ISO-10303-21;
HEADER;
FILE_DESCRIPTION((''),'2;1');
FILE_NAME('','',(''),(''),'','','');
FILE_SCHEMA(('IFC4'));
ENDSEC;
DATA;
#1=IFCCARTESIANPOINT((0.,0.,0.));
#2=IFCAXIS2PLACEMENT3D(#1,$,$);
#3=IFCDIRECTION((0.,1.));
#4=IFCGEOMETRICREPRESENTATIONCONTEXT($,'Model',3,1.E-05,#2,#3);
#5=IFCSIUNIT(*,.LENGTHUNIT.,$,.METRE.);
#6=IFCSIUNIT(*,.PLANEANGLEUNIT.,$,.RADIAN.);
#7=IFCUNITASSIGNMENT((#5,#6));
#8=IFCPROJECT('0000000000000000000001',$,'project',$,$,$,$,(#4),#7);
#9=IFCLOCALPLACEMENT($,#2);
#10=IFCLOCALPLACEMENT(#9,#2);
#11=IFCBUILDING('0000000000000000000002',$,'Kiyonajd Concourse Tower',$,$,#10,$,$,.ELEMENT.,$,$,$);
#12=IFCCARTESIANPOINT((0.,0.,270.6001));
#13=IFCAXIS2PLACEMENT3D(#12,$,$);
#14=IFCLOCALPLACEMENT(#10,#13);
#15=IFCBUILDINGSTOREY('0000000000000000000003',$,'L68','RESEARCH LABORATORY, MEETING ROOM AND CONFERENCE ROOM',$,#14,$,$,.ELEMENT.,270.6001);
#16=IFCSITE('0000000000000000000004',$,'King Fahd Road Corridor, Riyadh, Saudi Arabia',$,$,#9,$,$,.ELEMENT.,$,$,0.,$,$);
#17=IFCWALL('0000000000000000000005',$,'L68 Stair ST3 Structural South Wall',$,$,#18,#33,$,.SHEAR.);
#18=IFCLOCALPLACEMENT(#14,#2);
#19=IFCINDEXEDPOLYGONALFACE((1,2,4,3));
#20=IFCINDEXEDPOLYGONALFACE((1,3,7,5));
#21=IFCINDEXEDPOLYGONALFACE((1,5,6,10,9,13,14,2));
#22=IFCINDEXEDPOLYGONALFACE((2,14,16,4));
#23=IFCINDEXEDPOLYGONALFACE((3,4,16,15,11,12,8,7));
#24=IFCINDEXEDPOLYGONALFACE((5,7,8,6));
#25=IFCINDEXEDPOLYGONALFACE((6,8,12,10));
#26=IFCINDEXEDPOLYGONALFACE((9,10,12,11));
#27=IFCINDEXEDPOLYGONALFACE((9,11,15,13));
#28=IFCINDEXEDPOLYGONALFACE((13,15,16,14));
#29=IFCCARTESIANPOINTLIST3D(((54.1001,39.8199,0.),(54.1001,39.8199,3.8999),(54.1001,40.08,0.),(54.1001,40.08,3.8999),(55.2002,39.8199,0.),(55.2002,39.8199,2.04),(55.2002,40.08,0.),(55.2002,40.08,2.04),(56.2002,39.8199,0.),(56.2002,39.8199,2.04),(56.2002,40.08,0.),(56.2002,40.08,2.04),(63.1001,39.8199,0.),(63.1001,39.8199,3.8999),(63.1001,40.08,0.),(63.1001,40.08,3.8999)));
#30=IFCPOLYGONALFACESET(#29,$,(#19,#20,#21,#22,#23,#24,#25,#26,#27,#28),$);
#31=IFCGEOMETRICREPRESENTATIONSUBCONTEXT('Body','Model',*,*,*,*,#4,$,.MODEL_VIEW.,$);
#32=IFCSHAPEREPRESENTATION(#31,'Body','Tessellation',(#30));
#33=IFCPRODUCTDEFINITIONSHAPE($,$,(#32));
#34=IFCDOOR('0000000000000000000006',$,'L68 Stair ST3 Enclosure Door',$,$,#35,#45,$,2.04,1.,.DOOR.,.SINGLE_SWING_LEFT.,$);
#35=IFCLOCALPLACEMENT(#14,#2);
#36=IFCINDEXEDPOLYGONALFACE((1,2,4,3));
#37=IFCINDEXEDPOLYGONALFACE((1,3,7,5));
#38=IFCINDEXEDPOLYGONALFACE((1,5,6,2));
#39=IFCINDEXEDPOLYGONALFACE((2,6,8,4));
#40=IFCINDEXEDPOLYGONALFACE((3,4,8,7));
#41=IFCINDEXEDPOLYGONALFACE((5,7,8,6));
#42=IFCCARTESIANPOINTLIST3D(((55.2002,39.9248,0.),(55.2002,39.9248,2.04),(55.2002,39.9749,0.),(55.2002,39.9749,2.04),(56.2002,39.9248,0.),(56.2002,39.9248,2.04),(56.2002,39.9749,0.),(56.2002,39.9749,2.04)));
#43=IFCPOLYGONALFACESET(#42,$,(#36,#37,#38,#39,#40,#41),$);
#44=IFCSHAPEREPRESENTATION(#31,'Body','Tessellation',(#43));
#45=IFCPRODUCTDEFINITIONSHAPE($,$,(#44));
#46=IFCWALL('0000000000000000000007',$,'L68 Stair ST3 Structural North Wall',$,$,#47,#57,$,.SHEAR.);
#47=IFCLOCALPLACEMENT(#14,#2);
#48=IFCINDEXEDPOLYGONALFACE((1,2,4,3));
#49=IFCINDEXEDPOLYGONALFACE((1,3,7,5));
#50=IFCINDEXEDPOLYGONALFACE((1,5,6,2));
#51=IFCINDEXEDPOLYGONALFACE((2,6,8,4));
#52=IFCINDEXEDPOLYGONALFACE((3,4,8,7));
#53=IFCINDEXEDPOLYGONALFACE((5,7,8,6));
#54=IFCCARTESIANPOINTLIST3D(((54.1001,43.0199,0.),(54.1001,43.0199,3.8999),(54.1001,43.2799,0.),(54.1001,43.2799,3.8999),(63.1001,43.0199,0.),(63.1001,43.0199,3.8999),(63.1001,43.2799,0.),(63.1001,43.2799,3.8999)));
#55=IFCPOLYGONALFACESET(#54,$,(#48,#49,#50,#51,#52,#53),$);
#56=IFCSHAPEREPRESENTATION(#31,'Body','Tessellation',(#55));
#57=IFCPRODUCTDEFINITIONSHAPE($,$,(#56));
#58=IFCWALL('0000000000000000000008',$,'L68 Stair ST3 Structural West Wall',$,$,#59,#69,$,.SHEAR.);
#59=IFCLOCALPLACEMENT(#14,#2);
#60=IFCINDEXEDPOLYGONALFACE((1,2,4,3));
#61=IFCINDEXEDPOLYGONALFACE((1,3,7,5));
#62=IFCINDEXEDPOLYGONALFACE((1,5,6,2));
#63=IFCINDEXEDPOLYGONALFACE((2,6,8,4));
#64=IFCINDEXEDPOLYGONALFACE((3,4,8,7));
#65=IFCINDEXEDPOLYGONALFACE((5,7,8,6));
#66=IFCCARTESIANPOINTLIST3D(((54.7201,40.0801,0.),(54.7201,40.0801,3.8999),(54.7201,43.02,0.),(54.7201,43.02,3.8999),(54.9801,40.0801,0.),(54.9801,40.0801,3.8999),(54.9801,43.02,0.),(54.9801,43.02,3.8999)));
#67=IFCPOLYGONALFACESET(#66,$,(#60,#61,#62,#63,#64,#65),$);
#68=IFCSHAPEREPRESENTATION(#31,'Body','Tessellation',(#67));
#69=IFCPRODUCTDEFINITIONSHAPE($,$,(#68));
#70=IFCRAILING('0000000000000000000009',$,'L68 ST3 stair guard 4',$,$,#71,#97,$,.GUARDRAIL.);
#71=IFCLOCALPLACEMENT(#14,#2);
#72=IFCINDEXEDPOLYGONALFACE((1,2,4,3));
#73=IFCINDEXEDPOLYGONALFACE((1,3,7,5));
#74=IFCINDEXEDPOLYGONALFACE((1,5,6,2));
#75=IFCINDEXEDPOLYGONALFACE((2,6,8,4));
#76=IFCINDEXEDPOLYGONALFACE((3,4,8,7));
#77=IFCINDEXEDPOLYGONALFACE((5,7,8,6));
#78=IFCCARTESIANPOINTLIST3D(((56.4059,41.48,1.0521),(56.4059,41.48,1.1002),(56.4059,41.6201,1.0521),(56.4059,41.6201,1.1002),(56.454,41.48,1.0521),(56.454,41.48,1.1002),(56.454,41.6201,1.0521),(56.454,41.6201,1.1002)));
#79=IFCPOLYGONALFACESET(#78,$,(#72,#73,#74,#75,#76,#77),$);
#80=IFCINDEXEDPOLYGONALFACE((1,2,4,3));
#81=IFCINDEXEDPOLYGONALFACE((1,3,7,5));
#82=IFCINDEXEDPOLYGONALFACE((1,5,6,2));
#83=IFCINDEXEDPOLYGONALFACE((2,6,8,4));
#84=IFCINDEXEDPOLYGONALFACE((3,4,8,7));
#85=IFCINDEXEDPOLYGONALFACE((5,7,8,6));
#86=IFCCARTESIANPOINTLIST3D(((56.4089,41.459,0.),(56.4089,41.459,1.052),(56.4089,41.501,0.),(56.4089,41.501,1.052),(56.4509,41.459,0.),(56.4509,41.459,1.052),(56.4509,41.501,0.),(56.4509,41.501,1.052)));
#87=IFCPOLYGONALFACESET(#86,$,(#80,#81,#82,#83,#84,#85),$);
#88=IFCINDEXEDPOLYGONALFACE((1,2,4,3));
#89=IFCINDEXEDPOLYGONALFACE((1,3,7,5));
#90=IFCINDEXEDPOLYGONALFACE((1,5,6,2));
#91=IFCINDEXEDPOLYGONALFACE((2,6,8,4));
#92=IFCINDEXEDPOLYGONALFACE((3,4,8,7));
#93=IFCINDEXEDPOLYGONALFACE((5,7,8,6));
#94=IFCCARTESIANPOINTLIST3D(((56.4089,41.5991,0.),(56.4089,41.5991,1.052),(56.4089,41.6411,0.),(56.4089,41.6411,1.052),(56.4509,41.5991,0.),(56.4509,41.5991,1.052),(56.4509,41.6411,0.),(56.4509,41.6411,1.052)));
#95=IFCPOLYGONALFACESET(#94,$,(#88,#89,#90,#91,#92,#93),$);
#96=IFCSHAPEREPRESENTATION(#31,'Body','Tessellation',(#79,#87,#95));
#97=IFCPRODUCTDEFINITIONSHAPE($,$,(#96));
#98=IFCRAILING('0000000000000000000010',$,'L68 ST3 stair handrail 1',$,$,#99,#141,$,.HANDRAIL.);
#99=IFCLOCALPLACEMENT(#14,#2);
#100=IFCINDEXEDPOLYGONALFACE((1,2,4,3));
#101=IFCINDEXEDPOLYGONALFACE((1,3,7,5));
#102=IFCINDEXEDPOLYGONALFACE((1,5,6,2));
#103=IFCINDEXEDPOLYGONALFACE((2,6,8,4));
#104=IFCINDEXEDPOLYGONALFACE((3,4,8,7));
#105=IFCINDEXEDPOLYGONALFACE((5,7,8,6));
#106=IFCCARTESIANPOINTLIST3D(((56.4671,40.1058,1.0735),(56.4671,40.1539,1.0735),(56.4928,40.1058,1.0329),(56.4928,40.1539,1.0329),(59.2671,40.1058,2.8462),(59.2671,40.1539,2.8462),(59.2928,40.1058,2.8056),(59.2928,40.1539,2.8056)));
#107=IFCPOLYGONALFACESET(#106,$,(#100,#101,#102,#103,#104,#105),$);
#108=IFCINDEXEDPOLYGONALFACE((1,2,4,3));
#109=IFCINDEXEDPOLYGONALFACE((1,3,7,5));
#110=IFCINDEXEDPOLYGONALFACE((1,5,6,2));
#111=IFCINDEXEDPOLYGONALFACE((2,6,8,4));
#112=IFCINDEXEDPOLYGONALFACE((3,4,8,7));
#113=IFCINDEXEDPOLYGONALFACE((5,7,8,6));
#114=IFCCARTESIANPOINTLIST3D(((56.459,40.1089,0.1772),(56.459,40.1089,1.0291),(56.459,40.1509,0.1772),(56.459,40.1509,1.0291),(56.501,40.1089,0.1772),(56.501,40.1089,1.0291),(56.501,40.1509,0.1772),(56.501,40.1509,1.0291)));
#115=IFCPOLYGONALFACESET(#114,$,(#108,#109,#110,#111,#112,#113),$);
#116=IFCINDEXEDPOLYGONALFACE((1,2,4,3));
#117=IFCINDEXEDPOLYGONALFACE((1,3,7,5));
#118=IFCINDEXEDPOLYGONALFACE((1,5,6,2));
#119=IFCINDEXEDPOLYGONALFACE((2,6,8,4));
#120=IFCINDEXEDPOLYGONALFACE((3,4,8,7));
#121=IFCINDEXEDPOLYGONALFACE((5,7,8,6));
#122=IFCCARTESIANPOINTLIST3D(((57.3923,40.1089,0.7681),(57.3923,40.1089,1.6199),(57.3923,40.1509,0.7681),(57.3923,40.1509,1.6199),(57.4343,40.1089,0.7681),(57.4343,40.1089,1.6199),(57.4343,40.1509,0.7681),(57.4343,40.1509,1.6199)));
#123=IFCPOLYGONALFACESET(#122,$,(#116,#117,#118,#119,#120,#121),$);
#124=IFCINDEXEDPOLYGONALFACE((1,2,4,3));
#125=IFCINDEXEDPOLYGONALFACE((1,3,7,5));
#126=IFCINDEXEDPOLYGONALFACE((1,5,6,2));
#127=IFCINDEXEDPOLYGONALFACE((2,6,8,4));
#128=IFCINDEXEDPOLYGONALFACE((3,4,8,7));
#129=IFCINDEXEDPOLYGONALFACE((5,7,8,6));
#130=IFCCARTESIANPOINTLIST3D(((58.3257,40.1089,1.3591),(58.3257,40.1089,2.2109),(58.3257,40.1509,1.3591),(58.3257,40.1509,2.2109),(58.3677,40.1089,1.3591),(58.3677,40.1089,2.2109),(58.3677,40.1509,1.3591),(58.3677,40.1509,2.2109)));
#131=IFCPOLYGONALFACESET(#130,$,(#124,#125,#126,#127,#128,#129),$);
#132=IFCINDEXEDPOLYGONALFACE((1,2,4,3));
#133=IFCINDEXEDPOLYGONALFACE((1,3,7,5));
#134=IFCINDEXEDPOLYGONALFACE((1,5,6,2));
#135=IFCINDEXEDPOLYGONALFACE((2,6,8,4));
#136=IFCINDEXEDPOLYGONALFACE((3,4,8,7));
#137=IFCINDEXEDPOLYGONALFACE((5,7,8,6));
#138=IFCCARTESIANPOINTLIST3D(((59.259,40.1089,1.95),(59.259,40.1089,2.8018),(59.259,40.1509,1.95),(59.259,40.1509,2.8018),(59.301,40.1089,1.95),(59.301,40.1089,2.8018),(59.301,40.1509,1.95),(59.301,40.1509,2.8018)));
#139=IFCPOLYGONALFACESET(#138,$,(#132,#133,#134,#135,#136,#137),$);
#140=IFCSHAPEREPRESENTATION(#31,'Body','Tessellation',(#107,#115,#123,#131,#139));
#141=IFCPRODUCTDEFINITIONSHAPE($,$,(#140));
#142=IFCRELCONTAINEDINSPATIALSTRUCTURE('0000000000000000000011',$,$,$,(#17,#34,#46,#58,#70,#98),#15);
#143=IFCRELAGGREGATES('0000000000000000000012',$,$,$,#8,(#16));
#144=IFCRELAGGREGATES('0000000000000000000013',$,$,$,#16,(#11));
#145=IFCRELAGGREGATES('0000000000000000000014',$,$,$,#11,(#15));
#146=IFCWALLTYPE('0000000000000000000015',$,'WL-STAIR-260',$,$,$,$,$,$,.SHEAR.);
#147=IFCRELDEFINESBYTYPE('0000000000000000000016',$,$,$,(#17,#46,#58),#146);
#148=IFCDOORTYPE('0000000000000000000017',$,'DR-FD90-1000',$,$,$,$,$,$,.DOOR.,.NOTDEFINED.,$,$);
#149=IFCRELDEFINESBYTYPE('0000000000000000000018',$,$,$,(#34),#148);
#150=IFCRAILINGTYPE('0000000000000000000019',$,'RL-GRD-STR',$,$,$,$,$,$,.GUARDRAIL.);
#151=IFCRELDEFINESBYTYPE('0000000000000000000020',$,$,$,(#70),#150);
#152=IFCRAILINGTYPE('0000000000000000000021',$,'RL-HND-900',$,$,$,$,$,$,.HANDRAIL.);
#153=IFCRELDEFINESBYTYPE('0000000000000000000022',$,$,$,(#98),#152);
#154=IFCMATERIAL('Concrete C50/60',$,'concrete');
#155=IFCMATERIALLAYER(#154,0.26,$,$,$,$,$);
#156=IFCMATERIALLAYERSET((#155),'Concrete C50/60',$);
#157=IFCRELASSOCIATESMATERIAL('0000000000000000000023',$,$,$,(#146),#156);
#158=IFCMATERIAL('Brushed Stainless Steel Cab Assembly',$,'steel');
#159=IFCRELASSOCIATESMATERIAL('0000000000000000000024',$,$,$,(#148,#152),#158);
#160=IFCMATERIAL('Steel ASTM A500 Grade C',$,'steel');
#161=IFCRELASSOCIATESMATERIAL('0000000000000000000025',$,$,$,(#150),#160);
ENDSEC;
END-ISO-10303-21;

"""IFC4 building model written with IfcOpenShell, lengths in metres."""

from ifc_helpers import new_model, si_unit, direction, frame, frame_2d, origin, origin_2d, place, context, subcontext, project, spatial, rectangle, extrude, material, layer, layer_set, type_object, element, fill, save


model = new_model("IFC4")

# Units and contexts
model_context = context("Model", 3, precision=1e-05, world=origin(), true_north=direction((0.0, 1.0)))
body_context = subcontext(model_context, "Body", "Model", "MODEL_VIEW")
ifc_project = project(units=[si_unit("LENGTHUNIT", "METRE"), si_unit("PLANEANGLEUNIT", "RADIAN")], contexts=[model_context])

# Site, building, storey
site_placement = place(None, origin())
site = spatial("IfcSite", under=ifc_project, at=site_placement, Name="King Fahd Road Corridor, Riyadh, Saudi Arabia", CompositionType="ELEMENT", RefElevation=0.0)
building_placement = place(site_placement, origin())
building = spatial("IfcBuilding", under=site, at=building_placement, Name="Kiyonajd Concourse Tower", CompositionType="ELEMENT")
storey_placement = place(building_placement, frame((0.0, 0.0, 270.6001)))
storey = spatial("IfcBuildingStorey", under=building, at=storey_placement, Name="L68", Description="RESEARCH LABORATORY, MEETING ROOM AND CONFERENCE ROOM", CompositionType="ELEMENT", Elevation=270.6001)

# Shared definitions
ifc_material_1 = material(Name="Concrete C50/60", Category="concrete")

# Wall, opening, door
ifc_layer_1 = layer(ifc_material_1, 0.26)
ifc_layer_set_1 = layer_set([ifc_layer_1], Name="Concrete C50/60")
wall_type_1 = type_object("IfcWallType", Name="WL-STAIR-260", PredefinedType="SHEAR", material=ifc_layer_set_1)
wall_1_placement = place(storey_placement, frame((54.1001, 39.95, 0.0), z_axis=(0.0, 0.0, 1.0), x_axis=(1.0, 0.0, 0.0)))
wall_1 = element("IfcWall", 1, at=wall_1_placement, inside=storey, type_object=wall_type_1, Name="L68 Stair ST3 Structural South Wall", PredefinedType="SHEAR", context=body_context, shape_type="SweptSolid", body=[
    extrude(rectangle(XDim=9.0, YDim=0.26, at=frame_2d((4.5, 0.0))), origin(), (0.0, 0.0, 1.0), 3.8999),
])
opening_1_placement = place(wall_1_placement, frame((1.1001, 0.0, 0.0)))
opening_1 = element("IfcOpeningElement", 2, at=opening_1_placement, cuts=wall_1, PredefinedType="OPENING", context=body_context, shape_type="SweptSolid", body=[
    extrude(rectangle(XDim=1.0, YDim=2.04, at=frame_2d((0.5, 1.02))), frame((0.0, 0.1399, 0.0), z_axis=(0.0, -1.0, 0.0), x_axis=(1.0, 0.0, 0.0)), (0.0, 0.0, 1.0), 0.28),
])
ifc_material_2 = material(Name="Brushed Stainless Steel Cab Assembly", Category="steel")
door_type_1 = type_object("IfcDoorType", Name="DR-FD90-1000", OperationType="NOTDEFINED", PredefinedType="DOOR", material=ifc_material_2)
door_1_placement = place(opening_1_placement, origin())
door_1 = element("IfcDoor", 3, at=door_1_placement, inside=storey, type_object=door_type_1, Name="L68 Stair ST3 Enclosure Door", OperationType="SINGLE_SWING_LEFT", OverallHeight=2.04, OverallWidth=1.0, PredefinedType="DOOR", context=body_context, shape_type="SweptSolid", body=[
    extrude(rectangle(XDim=1.0, YDim=2.04, at=frame_2d((0.5, 1.02))), frame((0.0, 0.0249, 0.0), z_axis=(0.0, -1.0, 0.0), x_axis=(1.0, 0.0, 0.0)), (0.0, 0.0, 1.0), 0.05),
])
fill(opening_1, door_1)

# Walls
wall_2_placement = place(storey_placement, frame((54.1001, 43.1499, 0.0), z_axis=(0.0, 0.0, 1.0), x_axis=(1.0, 0.0, 0.0)))
element("IfcWall", 4, at=wall_2_placement, inside=storey, type_object=wall_type_1, Name="L68 Stair ST3 Structural North Wall", PredefinedType="SHEAR", context=body_context, shape_type="SweptSolid", body=[
    extrude(rectangle(XDim=9.0, YDim=0.26, at=frame_2d((4.5, 0.0))), origin(), (0.0, 0.0, 1.0), 3.8999),
])
wall_3_placement = place(storey_placement, frame((54.8501, 40.0801, 0.0), z_axis=(0.0, 0.0, 1.0), x_axis=(0.0, 1.0, 0.0)))
element("IfcWall", 5, at=wall_3_placement, inside=storey, type_object=wall_type_1, Name="L68 Stair ST3 Structural West Wall", PredefinedType="SHEAR", context=body_context, shape_type="SweptSolid", body=[
    extrude(rectangle(XDim=2.9399, YDim=0.26, at=frame_2d((1.47, 0.0))), origin(), (0.0, 0.0, 1.0), 3.8999),
])

# Railings
ifc_material_3 = material(Name="Steel ASTM A500 Grade C", Category="steel")
railing_type_1 = type_object("IfcRailingType", Name="RL-GRD-STR", PredefinedType="GUARDRAIL", material=ifc_material_3)
railing_1_placement = place(storey_placement, frame((56.4299, 41.48, 0.0)))
element("IfcRailing", 6, at=railing_1_placement, inside=storey, type_object=railing_type_1, Name="L68 ST3 stair guard 4", PredefinedType="GUARDRAIL", context=body_context, shape_type="SweptSolid", body=[
    extrude(rectangle(XDim=0.0481, YDim=0.0481, at=origin_2d()), frame((0.0, 0.0, 1.0762), z_axis=(0.0, 1.0, 0.0), x_axis=(-1.0, 0.0, 0.0)), (0.0, 0.0, 1.0), 0.1401),
    extrude(rectangle(XDim=0.042, YDim=0.042, at=origin_2d()), origin(), (0.0, 0.0, 1.0), 1.052),
    extrude(rectangle(XDim=0.042, YDim=0.042, at=origin_2d()), frame((0.0, 0.1401, 0.0)), (0.0, 0.0, 1.0), 1.052),
])
railing_type_2 = type_object("IfcRailingType", Name="RL-HND-900", PredefinedType="HANDRAIL", material=ifc_material_2)
railing_2_placement = place(storey_placement, frame((56.48, 40.1299, 0.1772)))
element("IfcRailing", 7, at=railing_2_placement, inside=storey, type_object=railing_type_2, Name="L68 ST3 stair handrail 1", PredefinedType="HANDRAIL", context=body_context, shape_type="SweptSolid", body=[
    extrude(rectangle(XDim=0.0481, YDim=0.0481, at=origin_2d()), frame((0.0, 0.0, 0.876), z_axis=(0.844909, 0.0, 0.53491), x_axis=(0.0, 1.0, 0.0)), (0.0, 0.0, 1.0), 3.314),
    extrude(rectangle(XDim=0.042, YDim=0.042, at=origin_2d()), origin(), (0.0, 0.0, 1.0), 0.8518),
    extrude(rectangle(XDim=0.042, YDim=0.042, at=origin_2d()), frame((0.9333, 0.0, 0.5908)), (0.0, 0.0, 1.0), 0.8518),
    extrude(rectangle(XDim=0.042, YDim=0.042, at=origin_2d()), frame((1.8667, 0.0, 1.1819)), (0.0, 0.0, 1.0), 0.8518),
    extrude(rectangle(XDim=0.042, YDim=0.042, at=origin_2d()), frame((2.8, 0.0, 1.7727)), (0.0, 0.0, 1.0), 0.8518),
])

save(model, "model.ifc")
